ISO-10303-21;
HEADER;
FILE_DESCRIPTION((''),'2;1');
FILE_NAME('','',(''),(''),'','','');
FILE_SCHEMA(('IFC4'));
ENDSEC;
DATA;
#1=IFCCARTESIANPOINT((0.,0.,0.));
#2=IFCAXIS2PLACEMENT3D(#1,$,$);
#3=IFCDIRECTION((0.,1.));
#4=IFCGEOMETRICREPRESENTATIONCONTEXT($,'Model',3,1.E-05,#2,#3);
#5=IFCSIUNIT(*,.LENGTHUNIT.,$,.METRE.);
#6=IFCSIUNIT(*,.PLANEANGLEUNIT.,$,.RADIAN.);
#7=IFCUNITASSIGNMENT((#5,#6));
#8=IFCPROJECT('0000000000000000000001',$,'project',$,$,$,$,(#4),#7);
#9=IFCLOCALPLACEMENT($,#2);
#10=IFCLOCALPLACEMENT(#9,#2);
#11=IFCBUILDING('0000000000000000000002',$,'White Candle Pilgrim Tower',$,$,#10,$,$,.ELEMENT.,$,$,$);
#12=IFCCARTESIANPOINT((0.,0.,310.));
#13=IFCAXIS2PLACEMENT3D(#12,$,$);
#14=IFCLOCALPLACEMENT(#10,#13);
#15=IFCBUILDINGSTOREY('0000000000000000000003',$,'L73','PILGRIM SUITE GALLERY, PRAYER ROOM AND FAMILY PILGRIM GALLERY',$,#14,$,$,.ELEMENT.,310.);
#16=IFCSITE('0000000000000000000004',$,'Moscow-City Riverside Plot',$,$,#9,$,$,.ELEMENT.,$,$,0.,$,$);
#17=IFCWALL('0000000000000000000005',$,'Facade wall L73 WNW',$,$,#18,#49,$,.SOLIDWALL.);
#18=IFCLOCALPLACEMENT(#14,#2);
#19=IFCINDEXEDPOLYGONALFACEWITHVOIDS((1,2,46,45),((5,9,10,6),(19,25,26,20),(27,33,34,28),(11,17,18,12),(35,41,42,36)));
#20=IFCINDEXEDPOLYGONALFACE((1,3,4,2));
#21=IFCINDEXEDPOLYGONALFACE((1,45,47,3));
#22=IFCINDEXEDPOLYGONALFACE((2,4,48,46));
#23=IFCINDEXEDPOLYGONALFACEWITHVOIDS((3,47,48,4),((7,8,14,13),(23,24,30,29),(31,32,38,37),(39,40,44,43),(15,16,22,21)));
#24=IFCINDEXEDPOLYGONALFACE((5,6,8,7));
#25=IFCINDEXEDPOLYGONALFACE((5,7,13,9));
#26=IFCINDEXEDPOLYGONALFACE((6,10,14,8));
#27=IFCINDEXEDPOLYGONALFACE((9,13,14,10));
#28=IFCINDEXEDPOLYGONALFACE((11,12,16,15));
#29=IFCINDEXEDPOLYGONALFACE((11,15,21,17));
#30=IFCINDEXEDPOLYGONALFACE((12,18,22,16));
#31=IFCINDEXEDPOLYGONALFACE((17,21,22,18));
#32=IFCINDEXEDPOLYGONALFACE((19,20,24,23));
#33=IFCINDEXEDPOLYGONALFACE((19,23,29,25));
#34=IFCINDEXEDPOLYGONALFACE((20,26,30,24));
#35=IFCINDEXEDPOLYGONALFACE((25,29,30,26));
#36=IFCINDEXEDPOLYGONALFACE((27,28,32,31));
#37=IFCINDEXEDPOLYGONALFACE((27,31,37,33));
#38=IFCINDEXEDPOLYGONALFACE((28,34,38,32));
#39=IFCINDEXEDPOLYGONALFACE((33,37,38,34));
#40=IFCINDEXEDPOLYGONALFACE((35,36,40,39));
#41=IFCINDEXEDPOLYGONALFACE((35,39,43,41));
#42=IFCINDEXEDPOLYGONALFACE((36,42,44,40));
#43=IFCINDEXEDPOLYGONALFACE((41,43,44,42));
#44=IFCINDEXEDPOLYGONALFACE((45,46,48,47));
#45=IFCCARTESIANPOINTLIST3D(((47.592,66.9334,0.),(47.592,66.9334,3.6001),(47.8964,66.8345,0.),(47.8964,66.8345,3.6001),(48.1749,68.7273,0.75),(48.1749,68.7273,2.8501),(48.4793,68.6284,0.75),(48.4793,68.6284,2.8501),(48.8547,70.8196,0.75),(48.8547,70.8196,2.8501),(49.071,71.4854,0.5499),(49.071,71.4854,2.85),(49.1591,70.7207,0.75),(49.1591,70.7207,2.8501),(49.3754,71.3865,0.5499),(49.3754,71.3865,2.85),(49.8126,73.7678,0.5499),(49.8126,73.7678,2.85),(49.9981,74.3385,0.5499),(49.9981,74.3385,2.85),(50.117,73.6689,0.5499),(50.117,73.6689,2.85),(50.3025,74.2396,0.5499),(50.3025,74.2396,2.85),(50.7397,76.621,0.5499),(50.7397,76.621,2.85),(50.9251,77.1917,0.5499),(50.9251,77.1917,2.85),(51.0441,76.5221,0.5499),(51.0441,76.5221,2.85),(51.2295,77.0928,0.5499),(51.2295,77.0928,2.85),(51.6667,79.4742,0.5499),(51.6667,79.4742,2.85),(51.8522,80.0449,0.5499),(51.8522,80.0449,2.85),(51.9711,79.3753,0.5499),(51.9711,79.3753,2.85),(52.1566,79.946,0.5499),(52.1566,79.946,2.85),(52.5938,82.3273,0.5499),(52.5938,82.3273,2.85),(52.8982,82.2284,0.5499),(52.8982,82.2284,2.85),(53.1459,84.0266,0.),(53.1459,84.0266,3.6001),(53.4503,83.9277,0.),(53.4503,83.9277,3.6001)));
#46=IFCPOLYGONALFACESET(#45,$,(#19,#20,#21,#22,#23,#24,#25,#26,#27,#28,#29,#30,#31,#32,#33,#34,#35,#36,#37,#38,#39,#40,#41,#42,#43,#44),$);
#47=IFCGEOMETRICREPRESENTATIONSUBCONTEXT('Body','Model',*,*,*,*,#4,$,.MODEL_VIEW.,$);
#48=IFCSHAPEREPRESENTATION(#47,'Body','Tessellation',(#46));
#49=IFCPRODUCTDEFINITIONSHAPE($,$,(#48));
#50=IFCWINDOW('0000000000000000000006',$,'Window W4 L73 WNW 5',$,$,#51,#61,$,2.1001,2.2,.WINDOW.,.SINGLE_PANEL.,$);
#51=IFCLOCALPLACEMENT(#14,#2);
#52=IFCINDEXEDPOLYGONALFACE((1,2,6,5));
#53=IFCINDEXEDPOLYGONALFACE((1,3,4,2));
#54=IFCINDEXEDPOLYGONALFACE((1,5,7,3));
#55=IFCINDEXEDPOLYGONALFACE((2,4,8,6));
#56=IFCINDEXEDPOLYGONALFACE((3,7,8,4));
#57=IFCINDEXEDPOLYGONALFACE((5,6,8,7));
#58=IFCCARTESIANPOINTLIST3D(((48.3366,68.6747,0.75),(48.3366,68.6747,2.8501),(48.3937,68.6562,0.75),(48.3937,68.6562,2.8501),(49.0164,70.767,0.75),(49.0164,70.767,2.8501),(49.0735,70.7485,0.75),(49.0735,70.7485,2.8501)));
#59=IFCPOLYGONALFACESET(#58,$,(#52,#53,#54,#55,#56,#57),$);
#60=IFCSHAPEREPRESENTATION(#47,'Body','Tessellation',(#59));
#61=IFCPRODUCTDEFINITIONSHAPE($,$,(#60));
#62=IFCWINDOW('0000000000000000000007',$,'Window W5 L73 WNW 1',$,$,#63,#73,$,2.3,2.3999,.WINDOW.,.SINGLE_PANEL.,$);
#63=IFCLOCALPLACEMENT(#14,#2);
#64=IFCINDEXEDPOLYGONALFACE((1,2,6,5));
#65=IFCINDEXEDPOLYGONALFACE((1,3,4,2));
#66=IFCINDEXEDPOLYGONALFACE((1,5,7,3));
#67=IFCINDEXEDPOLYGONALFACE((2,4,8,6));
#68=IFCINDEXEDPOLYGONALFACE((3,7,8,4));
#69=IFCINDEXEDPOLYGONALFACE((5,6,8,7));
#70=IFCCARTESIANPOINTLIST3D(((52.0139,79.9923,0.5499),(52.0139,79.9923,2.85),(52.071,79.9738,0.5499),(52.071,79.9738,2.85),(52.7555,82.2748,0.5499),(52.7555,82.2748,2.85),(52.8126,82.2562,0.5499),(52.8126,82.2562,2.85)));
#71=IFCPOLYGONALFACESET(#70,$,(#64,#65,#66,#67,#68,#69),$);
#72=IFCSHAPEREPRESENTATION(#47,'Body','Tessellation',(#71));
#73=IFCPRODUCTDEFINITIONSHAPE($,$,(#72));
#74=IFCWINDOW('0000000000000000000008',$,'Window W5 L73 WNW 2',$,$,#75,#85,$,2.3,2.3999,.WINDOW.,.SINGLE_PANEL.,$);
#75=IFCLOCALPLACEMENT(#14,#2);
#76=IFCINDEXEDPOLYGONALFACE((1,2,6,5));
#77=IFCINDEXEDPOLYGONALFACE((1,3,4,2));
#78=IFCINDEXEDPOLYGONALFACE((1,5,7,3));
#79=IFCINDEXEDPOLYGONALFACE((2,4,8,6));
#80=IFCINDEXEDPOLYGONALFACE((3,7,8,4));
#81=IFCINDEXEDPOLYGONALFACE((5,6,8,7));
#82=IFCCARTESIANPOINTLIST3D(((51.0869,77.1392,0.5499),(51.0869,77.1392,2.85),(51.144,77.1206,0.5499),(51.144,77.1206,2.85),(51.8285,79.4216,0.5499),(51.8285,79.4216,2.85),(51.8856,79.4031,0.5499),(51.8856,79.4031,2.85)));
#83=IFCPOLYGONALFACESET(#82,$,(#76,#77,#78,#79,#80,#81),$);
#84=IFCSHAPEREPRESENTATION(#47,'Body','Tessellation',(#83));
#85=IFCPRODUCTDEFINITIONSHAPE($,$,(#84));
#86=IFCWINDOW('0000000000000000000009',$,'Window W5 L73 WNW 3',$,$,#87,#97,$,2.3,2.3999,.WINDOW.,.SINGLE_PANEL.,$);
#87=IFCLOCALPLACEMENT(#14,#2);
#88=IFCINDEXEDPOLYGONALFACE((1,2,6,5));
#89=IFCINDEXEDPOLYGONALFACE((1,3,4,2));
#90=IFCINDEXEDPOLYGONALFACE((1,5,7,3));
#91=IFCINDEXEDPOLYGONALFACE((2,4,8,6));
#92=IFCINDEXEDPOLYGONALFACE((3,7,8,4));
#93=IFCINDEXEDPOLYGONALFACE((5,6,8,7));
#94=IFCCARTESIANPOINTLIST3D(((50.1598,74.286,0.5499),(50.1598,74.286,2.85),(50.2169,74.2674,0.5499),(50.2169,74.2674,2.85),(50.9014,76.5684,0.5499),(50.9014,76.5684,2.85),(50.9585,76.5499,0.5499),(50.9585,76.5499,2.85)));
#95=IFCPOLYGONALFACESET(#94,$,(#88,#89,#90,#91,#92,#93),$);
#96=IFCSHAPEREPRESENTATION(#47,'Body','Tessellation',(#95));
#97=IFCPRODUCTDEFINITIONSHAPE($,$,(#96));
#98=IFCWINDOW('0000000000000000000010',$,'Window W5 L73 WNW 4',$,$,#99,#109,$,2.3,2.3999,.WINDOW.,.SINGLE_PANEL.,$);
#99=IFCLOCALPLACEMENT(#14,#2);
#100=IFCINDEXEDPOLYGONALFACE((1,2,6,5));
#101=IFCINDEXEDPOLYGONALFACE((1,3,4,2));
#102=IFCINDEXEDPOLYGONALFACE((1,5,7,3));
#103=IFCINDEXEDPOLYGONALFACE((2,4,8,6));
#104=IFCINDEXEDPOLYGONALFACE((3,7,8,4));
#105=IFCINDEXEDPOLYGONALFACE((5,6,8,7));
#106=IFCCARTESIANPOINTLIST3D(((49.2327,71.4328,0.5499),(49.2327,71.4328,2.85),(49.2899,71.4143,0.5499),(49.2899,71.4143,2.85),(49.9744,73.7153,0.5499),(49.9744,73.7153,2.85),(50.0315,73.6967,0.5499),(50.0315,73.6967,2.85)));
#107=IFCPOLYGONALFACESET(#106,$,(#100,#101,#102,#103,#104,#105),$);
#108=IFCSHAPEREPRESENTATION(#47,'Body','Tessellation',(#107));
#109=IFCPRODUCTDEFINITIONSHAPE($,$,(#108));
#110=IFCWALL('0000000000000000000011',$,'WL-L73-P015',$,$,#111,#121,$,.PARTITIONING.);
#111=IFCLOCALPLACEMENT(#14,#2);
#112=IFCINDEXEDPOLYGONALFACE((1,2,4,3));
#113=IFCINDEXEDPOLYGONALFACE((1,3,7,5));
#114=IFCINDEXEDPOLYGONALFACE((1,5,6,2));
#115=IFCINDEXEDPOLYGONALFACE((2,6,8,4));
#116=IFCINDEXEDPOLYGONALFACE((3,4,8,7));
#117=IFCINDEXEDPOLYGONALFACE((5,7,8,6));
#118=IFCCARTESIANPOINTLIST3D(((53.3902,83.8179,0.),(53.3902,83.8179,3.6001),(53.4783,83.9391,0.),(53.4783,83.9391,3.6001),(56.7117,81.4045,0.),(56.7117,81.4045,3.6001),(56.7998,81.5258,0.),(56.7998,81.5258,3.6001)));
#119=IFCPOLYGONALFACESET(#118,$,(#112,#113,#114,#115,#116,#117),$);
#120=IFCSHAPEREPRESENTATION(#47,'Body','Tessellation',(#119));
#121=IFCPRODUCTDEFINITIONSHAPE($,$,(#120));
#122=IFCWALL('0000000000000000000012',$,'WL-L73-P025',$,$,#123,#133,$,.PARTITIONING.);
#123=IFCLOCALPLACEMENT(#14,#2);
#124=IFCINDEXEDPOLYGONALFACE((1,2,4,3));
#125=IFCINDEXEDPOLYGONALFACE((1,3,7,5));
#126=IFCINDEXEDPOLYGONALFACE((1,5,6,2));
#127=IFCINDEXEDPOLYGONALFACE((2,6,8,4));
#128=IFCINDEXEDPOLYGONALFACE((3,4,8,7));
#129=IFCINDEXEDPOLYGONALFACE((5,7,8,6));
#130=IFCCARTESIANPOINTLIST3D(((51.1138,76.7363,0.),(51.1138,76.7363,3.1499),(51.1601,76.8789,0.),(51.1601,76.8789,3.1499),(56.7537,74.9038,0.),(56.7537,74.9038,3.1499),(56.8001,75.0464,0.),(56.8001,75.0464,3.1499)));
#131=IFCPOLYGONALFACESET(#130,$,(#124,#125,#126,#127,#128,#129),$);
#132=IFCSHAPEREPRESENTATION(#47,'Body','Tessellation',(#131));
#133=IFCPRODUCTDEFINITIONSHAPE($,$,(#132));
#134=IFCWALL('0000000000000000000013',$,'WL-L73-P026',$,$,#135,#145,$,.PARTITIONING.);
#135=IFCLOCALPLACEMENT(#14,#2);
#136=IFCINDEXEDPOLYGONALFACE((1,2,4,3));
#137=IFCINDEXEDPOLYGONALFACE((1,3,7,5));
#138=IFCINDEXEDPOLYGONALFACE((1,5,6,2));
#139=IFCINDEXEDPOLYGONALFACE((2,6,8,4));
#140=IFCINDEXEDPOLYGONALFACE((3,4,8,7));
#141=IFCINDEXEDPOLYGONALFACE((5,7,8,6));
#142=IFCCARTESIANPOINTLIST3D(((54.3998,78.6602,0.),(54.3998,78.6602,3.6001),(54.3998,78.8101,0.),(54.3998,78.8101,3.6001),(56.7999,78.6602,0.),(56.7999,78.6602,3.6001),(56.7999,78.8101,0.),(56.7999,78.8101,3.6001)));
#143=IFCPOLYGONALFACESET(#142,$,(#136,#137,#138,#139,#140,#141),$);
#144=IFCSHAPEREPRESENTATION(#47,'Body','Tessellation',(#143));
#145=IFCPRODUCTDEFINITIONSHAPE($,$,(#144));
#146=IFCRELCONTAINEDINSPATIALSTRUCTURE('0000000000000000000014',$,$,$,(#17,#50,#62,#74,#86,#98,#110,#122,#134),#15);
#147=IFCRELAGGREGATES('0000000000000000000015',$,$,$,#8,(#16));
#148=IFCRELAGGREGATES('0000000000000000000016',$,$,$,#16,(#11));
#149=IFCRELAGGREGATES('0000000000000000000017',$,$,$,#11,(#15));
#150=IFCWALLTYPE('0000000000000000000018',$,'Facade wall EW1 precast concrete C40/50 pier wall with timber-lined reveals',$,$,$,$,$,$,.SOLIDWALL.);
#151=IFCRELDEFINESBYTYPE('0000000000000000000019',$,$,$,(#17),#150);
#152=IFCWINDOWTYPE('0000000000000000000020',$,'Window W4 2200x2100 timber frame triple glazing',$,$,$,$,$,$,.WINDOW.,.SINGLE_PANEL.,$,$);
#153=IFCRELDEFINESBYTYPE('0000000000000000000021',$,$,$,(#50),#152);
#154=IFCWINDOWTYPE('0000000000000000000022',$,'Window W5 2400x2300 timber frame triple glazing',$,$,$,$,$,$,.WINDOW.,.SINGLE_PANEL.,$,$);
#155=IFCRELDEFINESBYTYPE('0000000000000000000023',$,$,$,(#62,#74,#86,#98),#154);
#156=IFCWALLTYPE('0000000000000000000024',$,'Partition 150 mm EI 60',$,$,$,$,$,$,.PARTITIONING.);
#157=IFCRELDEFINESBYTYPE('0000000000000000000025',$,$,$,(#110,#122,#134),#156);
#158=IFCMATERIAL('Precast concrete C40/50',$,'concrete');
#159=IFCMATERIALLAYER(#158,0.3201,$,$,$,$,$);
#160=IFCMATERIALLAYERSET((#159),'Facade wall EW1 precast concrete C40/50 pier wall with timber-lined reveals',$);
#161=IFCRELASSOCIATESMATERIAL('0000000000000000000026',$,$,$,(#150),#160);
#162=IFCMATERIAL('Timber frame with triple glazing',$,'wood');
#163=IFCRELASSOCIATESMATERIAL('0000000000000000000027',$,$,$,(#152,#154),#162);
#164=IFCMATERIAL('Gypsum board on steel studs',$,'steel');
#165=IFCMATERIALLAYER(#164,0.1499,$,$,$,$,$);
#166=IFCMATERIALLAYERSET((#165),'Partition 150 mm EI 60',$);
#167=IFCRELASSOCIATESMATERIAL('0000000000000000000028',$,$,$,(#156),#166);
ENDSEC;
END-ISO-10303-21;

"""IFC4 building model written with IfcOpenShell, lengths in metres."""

from ifc_helpers import new_model, si_unit, direction, frame, frame_2d, origin, place, context, subcontext, project, spatial, rectangle, extrude, material, layer, layer_set, type_object, element, fill, save


model = new_model("IFC4")

# Units and contexts
model_context = context("Model", 3, precision=1e-05, world=origin(), true_north=direction((0.0, 1.0)))
body_context = subcontext(model_context, "Body", "Model", "MODEL_VIEW")
ifc_project = project(units=[si_unit("LENGTHUNIT", "METRE"), si_unit("PLANEANGLEUNIT", "RADIAN")], contexts=[model_context])

# Site, building, storey
site_placement = place(None, origin())
site = spatial("IfcSite", under=ifc_project, at=site_placement, Name="Moscow-City Riverside Plot", CompositionType="ELEMENT", RefElevation=0.0)
building_placement = place(site_placement, origin())
building = spatial("IfcBuilding", under=site, at=building_placement, Name="White Candle Pilgrim Tower", CompositionType="ELEMENT")
storey_placement = place(building_placement, frame((0.0, 0.0, 310.0)))
storey = spatial("IfcBuildingStorey", under=building, at=storey_placement, Name="L73", Description="PILGRIM SUITE GALLERY, PRAYER ROOM AND FAMILY PILGRIM GALLERY", CompositionType="ELEMENT", Elevation=310.0)

# Shared definitions
ifc_material_1 = material(Name="Precast concrete C40/50", Category="concrete")
ifc_layer_1 = layer(ifc_material_1, 0.3201)
ifc_layer_set_1 = layer_set([ifc_layer_1], Name="Facade wall EW1 precast concrete C40/50 pier wall with timber-lined reveals")
wall_type_1 = type_object("IfcWallType", Name="Facade wall EW1 precast concrete C40/50 pier wall with timber-lined reveals", PredefinedType="SOLIDWALL", material=ifc_layer_set_1)
ifc_material_2 = material(Name="Timber frame with triple glazing", Category="wood")

# Wall, openings, windows
wall_1_placement = place(storey_placement, frame((53.2981, 83.9771, 0.0), z_axis=(0.0, 0.0, 1.0), x_axis=(-0.309018, -0.951056, 0.0)))
wall_1 = element("IfcWall", 1, at=wall_1_placement, inside=storey, type_object=wall_type_1, Name="Facade wall L73 WNW", PredefinedType="SOLIDWALL", context=body_context, shape_type="SweptSolid", body=[
    extrude(rectangle(XDim=17.9729, YDim=0.3201, at=frame_2d((8.9863, 0.0))), origin(), (0.0, 0.0, 1.0), 3.6001),
])
opening_1_placement = place(wall_1_placement, frame((1.7866, 0.0, 0.55)))
opening_1 = element("IfcOpeningElement", 2, at=opening_1_placement, cuts=wall_1, PredefinedType="OPENING", context=body_context, shape_type="SweptSolid", body=[
    extrude(rectangle(XDim=2.3999, YDim=2.3, at=frame_2d((1.2, 1.1499))), frame((0.0, 0.1699, 0.0), z_axis=(0.0, -1.0, 0.0), x_axis=(1.0, 0.0, 0.0)), (0.0, 0.0, 1.0), 0.3401),
])
opening_2_placement = place(wall_1_placement, frame((4.7866, 0.0, 0.55)))
opening_2 = element("IfcOpeningElement", 3, at=opening_2_placement, cuts=wall_1, PredefinedType="OPENING", context=body_context, shape_type="SweptSolid", body=[
    extrude(rectangle(XDim=2.3999, YDim=2.3, at=frame_2d((1.2, 1.1499))), frame((0.0, 0.1699, 0.0), z_axis=(0.0, -1.0, 0.0), x_axis=(1.0, 0.0, 0.0)), (0.0, 0.0, 1.0), 0.3401),
])
opening_3_placement = place(wall_1_placement, frame((7.7866, 0.0, 0.55)))
opening_3 = element("IfcOpeningElement", 4, at=opening_3_placement, cuts=wall_1, PredefinedType="OPENING", context=body_context, shape_type="SweptSolid", body=[
    extrude(rectangle(XDim=2.3999, YDim=2.3, at=frame_2d((1.2, 1.1499))), frame((0.0, 0.1699, 0.0), z_axis=(0.0, -1.0, 0.0), x_axis=(1.0, 0.0, 0.0)), (0.0, 0.0, 1.0), 0.3401),
])
opening_4_placement = place(wall_1_placement, frame((10.7866, 0.0, 0.55)))
opening_4 = element("IfcOpeningElement", 5, at=opening_4_placement, cuts=wall_1, PredefinedType="OPENING", context=body_context, shape_type="SweptSolid", body=[
    extrude(rectangle(XDim=2.3999, YDim=2.3, at=frame_2d((1.2, 1.1499))), frame((0.0, 0.1699, 0.0), z_axis=(0.0, -1.0, 0.0), x_axis=(1.0, 0.0, 0.0)), (0.0, 0.0, 1.0), 0.3401),
])
opening_5_placement = place(wall_1_placement, frame((13.8865, 0.0, 0.75)))
opening_5 = element("IfcOpeningElement", 6, at=opening_5_placement, cuts=wall_1, PredefinedType="OPENING", context=body_context, shape_type="SweptSolid", body=[
    extrude(rectangle(XDim=2.2, YDim=2.1001, at=frame_2d((1.1001, 1.05))), frame((0.0, 0.1699, 0.0), z_axis=(0.0, -1.0, 0.0), x_axis=(1.0, 0.0, 0.0)), (0.0, 0.0, 1.0), 0.3401),
])
window_type_1 = type_object("IfcWindowType", Name="Window W4 2200x2100 timber frame triple glazing", PartitioningType="SINGLE_PANEL", PredefinedType="WINDOW", material=ifc_material_2)
window_1_placement = place(opening_5_placement, origin())
window_1 = element("IfcWindow", 7, at=window_1_placement, inside=storey, type_object=window_type_1, Name="Window W4 L73 WNW 5", OverallHeight=2.1001, OverallWidth=2.2, PartitioningType="SINGLE_PANEL", PredefinedType="WINDOW", context=body_context, shape_type="SweptSolid", body=[
    extrude(rectangle(XDim=2.2, YDim=2.1001, at=frame_2d((1.1001, 1.05))), frame((0.0, 0.0701, 0.0), z_axis=(0.0, -1.0, 0.0), x_axis=(1.0, 0.0, 0.0)), (0.0, 0.0, 1.0), 0.0601),
])
fill(opening_5, window_1)
window_type_2 = type_object("IfcWindowType", Name="Window W5 2400x2300 timber frame triple glazing", PartitioningType="SINGLE_PANEL", PredefinedType="WINDOW", material=ifc_material_2)
window_2_placement = place(opening_1_placement, origin())
window_2 = element("IfcWindow", 8, at=window_2_placement, inside=storey, type_object=window_type_2, Name="Window W5 L73 WNW 1", OverallHeight=2.3, OverallWidth=2.3999, PartitioningType="SINGLE_PANEL", PredefinedType="WINDOW", context=body_context, shape_type="SweptSolid", body=[
    extrude(rectangle(XDim=2.3999, YDim=2.3, at=frame_2d((1.2, 1.1499))), frame((0.0, 0.0701, 0.0), z_axis=(0.0, -1.0, 0.0), x_axis=(1.0, 0.0, 0.0)), (0.0, 0.0, 1.0), 0.0601),
])
fill(opening_1, window_2)
window_3_placement = place(opening_2_placement, origin())
window_3 = element("IfcWindow", 9, at=window_3_placement, inside=storey, type_object=window_type_2, Name="Window W5 L73 WNW 2", OverallHeight=2.3, OverallWidth=2.3999, PartitioningType="SINGLE_PANEL", PredefinedType="WINDOW", context=body_context, shape_type="SweptSolid", body=[
    extrude(rectangle(XDim=2.3999, YDim=2.3, at=frame_2d((1.2, 1.1499))), frame((0.0, 0.0701, 0.0), z_axis=(0.0, -1.0, 0.0), x_axis=(1.0, 0.0, 0.0)), (0.0, 0.0, 1.0), 0.0601),
])
fill(opening_2, window_3)
window_4_placement = place(opening_3_placement, origin())
window_4 = element("IfcWindow", 10, at=window_4_placement, inside=storey, type_object=window_type_2, Name="Window W5 L73 WNW 3", OverallHeight=2.3, OverallWidth=2.3999, PartitioningType="SINGLE_PANEL", PredefinedType="WINDOW", context=body_context, shape_type="SweptSolid", body=[
    extrude(rectangle(XDim=2.3999, YDim=2.3, at=frame_2d((1.2, 1.1499))), frame((0.0, 0.0701, 0.0), z_axis=(0.0, -1.0, 0.0), x_axis=(1.0, 0.0, 0.0)), (0.0, 0.0, 1.0), 0.0601),
])
fill(opening_3, window_4)
window_5_placement = place(opening_4_placement, origin())
window_5 = element("IfcWindow", 11, at=window_5_placement, inside=storey, type_object=window_type_2, Name="Window W5 L73 WNW 4", OverallHeight=2.3, OverallWidth=2.3999, PartitioningType="SINGLE_PANEL", PredefinedType="WINDOW", context=body_context, shape_type="SweptSolid", body=[
    extrude(rectangle(XDim=2.3999, YDim=2.3, at=frame_2d((1.2, 1.1499))), frame((0.0, 0.0701, 0.0), z_axis=(0.0, -1.0, 0.0), x_axis=(1.0, 0.0, 0.0)), (0.0, 0.0, 1.0), 0.0601),
])
fill(opening_4, window_5)

# Walls
ifc_material_3 = material(Name="Gypsum board on steel studs", Category="steel")
ifc_layer_2 = layer(ifc_material_3, 0.1499)
ifc_layer_set_2 = layer_set([ifc_layer_2], Name="Partition 150 mm EI 60")
wall_type_2 = type_object("IfcWallType", Name="Partition 150 mm EI 60", PredefinedType="PARTITIONING", material=ifc_layer_set_2)
wall_2_placement = place(storey_placement, frame((53.4343, 83.8784, 0.0), z_axis=(0.0, 0.0, 1.0), x_axis=(0.809006, -0.5878, 0.0)))
element("IfcWall", 12, at=wall_2_placement, inside=storey, type_object=wall_type_2, Name="WL-L73-P015", PredefinedType="PARTITIONING", context=body_context, shape_type="SweptSolid", body=[
    extrude(rectangle(XDim=4.1057, YDim=0.1499, at=frame_2d((2.0527, 0.0))), origin(), (0.0, 0.0, 1.0), 3.6001),
])
wall_3_placement = place(storey_placement, frame((51.137, 76.8076, 0.0), z_axis=(0.0, 0.0, 1.0), x_axis=(0.951056, -0.309018, 0.0)))
element("IfcWall", 13, at=wall_3_placement, inside=storey, type_object=wall_type_2, Name="WL-L73-P025", PredefinedType="PARTITIONING", context=body_context, shape_type="SweptSolid", body=[
    extrude(rectangle(XDim=5.9302, YDim=0.1499, at=frame_2d((2.9651, 0.0))), origin(), (0.0, 0.0, 1.0), 3.1499),
])
wall_4_placement = place(storey_placement, frame((56.8, 78.7351, 0.0), z_axis=(0.0, 0.0, 1.0), x_axis=(-1.0, 0.0, 0.0)))
element("IfcWall", 14, at=wall_4_placement, inside=storey, type_object=wall_type_2, Name="WL-L73-P026", PredefinedType="PARTITIONING", context=body_context, shape_type="SweptSolid", body=[
    extrude(rectangle(XDim=2.4001, YDim=0.1499, at=frame_2d((1.2002, 0.0))), origin(), (0.0, 0.0, 1.0), 3.6001),
])

save(model, "model.ifc")
